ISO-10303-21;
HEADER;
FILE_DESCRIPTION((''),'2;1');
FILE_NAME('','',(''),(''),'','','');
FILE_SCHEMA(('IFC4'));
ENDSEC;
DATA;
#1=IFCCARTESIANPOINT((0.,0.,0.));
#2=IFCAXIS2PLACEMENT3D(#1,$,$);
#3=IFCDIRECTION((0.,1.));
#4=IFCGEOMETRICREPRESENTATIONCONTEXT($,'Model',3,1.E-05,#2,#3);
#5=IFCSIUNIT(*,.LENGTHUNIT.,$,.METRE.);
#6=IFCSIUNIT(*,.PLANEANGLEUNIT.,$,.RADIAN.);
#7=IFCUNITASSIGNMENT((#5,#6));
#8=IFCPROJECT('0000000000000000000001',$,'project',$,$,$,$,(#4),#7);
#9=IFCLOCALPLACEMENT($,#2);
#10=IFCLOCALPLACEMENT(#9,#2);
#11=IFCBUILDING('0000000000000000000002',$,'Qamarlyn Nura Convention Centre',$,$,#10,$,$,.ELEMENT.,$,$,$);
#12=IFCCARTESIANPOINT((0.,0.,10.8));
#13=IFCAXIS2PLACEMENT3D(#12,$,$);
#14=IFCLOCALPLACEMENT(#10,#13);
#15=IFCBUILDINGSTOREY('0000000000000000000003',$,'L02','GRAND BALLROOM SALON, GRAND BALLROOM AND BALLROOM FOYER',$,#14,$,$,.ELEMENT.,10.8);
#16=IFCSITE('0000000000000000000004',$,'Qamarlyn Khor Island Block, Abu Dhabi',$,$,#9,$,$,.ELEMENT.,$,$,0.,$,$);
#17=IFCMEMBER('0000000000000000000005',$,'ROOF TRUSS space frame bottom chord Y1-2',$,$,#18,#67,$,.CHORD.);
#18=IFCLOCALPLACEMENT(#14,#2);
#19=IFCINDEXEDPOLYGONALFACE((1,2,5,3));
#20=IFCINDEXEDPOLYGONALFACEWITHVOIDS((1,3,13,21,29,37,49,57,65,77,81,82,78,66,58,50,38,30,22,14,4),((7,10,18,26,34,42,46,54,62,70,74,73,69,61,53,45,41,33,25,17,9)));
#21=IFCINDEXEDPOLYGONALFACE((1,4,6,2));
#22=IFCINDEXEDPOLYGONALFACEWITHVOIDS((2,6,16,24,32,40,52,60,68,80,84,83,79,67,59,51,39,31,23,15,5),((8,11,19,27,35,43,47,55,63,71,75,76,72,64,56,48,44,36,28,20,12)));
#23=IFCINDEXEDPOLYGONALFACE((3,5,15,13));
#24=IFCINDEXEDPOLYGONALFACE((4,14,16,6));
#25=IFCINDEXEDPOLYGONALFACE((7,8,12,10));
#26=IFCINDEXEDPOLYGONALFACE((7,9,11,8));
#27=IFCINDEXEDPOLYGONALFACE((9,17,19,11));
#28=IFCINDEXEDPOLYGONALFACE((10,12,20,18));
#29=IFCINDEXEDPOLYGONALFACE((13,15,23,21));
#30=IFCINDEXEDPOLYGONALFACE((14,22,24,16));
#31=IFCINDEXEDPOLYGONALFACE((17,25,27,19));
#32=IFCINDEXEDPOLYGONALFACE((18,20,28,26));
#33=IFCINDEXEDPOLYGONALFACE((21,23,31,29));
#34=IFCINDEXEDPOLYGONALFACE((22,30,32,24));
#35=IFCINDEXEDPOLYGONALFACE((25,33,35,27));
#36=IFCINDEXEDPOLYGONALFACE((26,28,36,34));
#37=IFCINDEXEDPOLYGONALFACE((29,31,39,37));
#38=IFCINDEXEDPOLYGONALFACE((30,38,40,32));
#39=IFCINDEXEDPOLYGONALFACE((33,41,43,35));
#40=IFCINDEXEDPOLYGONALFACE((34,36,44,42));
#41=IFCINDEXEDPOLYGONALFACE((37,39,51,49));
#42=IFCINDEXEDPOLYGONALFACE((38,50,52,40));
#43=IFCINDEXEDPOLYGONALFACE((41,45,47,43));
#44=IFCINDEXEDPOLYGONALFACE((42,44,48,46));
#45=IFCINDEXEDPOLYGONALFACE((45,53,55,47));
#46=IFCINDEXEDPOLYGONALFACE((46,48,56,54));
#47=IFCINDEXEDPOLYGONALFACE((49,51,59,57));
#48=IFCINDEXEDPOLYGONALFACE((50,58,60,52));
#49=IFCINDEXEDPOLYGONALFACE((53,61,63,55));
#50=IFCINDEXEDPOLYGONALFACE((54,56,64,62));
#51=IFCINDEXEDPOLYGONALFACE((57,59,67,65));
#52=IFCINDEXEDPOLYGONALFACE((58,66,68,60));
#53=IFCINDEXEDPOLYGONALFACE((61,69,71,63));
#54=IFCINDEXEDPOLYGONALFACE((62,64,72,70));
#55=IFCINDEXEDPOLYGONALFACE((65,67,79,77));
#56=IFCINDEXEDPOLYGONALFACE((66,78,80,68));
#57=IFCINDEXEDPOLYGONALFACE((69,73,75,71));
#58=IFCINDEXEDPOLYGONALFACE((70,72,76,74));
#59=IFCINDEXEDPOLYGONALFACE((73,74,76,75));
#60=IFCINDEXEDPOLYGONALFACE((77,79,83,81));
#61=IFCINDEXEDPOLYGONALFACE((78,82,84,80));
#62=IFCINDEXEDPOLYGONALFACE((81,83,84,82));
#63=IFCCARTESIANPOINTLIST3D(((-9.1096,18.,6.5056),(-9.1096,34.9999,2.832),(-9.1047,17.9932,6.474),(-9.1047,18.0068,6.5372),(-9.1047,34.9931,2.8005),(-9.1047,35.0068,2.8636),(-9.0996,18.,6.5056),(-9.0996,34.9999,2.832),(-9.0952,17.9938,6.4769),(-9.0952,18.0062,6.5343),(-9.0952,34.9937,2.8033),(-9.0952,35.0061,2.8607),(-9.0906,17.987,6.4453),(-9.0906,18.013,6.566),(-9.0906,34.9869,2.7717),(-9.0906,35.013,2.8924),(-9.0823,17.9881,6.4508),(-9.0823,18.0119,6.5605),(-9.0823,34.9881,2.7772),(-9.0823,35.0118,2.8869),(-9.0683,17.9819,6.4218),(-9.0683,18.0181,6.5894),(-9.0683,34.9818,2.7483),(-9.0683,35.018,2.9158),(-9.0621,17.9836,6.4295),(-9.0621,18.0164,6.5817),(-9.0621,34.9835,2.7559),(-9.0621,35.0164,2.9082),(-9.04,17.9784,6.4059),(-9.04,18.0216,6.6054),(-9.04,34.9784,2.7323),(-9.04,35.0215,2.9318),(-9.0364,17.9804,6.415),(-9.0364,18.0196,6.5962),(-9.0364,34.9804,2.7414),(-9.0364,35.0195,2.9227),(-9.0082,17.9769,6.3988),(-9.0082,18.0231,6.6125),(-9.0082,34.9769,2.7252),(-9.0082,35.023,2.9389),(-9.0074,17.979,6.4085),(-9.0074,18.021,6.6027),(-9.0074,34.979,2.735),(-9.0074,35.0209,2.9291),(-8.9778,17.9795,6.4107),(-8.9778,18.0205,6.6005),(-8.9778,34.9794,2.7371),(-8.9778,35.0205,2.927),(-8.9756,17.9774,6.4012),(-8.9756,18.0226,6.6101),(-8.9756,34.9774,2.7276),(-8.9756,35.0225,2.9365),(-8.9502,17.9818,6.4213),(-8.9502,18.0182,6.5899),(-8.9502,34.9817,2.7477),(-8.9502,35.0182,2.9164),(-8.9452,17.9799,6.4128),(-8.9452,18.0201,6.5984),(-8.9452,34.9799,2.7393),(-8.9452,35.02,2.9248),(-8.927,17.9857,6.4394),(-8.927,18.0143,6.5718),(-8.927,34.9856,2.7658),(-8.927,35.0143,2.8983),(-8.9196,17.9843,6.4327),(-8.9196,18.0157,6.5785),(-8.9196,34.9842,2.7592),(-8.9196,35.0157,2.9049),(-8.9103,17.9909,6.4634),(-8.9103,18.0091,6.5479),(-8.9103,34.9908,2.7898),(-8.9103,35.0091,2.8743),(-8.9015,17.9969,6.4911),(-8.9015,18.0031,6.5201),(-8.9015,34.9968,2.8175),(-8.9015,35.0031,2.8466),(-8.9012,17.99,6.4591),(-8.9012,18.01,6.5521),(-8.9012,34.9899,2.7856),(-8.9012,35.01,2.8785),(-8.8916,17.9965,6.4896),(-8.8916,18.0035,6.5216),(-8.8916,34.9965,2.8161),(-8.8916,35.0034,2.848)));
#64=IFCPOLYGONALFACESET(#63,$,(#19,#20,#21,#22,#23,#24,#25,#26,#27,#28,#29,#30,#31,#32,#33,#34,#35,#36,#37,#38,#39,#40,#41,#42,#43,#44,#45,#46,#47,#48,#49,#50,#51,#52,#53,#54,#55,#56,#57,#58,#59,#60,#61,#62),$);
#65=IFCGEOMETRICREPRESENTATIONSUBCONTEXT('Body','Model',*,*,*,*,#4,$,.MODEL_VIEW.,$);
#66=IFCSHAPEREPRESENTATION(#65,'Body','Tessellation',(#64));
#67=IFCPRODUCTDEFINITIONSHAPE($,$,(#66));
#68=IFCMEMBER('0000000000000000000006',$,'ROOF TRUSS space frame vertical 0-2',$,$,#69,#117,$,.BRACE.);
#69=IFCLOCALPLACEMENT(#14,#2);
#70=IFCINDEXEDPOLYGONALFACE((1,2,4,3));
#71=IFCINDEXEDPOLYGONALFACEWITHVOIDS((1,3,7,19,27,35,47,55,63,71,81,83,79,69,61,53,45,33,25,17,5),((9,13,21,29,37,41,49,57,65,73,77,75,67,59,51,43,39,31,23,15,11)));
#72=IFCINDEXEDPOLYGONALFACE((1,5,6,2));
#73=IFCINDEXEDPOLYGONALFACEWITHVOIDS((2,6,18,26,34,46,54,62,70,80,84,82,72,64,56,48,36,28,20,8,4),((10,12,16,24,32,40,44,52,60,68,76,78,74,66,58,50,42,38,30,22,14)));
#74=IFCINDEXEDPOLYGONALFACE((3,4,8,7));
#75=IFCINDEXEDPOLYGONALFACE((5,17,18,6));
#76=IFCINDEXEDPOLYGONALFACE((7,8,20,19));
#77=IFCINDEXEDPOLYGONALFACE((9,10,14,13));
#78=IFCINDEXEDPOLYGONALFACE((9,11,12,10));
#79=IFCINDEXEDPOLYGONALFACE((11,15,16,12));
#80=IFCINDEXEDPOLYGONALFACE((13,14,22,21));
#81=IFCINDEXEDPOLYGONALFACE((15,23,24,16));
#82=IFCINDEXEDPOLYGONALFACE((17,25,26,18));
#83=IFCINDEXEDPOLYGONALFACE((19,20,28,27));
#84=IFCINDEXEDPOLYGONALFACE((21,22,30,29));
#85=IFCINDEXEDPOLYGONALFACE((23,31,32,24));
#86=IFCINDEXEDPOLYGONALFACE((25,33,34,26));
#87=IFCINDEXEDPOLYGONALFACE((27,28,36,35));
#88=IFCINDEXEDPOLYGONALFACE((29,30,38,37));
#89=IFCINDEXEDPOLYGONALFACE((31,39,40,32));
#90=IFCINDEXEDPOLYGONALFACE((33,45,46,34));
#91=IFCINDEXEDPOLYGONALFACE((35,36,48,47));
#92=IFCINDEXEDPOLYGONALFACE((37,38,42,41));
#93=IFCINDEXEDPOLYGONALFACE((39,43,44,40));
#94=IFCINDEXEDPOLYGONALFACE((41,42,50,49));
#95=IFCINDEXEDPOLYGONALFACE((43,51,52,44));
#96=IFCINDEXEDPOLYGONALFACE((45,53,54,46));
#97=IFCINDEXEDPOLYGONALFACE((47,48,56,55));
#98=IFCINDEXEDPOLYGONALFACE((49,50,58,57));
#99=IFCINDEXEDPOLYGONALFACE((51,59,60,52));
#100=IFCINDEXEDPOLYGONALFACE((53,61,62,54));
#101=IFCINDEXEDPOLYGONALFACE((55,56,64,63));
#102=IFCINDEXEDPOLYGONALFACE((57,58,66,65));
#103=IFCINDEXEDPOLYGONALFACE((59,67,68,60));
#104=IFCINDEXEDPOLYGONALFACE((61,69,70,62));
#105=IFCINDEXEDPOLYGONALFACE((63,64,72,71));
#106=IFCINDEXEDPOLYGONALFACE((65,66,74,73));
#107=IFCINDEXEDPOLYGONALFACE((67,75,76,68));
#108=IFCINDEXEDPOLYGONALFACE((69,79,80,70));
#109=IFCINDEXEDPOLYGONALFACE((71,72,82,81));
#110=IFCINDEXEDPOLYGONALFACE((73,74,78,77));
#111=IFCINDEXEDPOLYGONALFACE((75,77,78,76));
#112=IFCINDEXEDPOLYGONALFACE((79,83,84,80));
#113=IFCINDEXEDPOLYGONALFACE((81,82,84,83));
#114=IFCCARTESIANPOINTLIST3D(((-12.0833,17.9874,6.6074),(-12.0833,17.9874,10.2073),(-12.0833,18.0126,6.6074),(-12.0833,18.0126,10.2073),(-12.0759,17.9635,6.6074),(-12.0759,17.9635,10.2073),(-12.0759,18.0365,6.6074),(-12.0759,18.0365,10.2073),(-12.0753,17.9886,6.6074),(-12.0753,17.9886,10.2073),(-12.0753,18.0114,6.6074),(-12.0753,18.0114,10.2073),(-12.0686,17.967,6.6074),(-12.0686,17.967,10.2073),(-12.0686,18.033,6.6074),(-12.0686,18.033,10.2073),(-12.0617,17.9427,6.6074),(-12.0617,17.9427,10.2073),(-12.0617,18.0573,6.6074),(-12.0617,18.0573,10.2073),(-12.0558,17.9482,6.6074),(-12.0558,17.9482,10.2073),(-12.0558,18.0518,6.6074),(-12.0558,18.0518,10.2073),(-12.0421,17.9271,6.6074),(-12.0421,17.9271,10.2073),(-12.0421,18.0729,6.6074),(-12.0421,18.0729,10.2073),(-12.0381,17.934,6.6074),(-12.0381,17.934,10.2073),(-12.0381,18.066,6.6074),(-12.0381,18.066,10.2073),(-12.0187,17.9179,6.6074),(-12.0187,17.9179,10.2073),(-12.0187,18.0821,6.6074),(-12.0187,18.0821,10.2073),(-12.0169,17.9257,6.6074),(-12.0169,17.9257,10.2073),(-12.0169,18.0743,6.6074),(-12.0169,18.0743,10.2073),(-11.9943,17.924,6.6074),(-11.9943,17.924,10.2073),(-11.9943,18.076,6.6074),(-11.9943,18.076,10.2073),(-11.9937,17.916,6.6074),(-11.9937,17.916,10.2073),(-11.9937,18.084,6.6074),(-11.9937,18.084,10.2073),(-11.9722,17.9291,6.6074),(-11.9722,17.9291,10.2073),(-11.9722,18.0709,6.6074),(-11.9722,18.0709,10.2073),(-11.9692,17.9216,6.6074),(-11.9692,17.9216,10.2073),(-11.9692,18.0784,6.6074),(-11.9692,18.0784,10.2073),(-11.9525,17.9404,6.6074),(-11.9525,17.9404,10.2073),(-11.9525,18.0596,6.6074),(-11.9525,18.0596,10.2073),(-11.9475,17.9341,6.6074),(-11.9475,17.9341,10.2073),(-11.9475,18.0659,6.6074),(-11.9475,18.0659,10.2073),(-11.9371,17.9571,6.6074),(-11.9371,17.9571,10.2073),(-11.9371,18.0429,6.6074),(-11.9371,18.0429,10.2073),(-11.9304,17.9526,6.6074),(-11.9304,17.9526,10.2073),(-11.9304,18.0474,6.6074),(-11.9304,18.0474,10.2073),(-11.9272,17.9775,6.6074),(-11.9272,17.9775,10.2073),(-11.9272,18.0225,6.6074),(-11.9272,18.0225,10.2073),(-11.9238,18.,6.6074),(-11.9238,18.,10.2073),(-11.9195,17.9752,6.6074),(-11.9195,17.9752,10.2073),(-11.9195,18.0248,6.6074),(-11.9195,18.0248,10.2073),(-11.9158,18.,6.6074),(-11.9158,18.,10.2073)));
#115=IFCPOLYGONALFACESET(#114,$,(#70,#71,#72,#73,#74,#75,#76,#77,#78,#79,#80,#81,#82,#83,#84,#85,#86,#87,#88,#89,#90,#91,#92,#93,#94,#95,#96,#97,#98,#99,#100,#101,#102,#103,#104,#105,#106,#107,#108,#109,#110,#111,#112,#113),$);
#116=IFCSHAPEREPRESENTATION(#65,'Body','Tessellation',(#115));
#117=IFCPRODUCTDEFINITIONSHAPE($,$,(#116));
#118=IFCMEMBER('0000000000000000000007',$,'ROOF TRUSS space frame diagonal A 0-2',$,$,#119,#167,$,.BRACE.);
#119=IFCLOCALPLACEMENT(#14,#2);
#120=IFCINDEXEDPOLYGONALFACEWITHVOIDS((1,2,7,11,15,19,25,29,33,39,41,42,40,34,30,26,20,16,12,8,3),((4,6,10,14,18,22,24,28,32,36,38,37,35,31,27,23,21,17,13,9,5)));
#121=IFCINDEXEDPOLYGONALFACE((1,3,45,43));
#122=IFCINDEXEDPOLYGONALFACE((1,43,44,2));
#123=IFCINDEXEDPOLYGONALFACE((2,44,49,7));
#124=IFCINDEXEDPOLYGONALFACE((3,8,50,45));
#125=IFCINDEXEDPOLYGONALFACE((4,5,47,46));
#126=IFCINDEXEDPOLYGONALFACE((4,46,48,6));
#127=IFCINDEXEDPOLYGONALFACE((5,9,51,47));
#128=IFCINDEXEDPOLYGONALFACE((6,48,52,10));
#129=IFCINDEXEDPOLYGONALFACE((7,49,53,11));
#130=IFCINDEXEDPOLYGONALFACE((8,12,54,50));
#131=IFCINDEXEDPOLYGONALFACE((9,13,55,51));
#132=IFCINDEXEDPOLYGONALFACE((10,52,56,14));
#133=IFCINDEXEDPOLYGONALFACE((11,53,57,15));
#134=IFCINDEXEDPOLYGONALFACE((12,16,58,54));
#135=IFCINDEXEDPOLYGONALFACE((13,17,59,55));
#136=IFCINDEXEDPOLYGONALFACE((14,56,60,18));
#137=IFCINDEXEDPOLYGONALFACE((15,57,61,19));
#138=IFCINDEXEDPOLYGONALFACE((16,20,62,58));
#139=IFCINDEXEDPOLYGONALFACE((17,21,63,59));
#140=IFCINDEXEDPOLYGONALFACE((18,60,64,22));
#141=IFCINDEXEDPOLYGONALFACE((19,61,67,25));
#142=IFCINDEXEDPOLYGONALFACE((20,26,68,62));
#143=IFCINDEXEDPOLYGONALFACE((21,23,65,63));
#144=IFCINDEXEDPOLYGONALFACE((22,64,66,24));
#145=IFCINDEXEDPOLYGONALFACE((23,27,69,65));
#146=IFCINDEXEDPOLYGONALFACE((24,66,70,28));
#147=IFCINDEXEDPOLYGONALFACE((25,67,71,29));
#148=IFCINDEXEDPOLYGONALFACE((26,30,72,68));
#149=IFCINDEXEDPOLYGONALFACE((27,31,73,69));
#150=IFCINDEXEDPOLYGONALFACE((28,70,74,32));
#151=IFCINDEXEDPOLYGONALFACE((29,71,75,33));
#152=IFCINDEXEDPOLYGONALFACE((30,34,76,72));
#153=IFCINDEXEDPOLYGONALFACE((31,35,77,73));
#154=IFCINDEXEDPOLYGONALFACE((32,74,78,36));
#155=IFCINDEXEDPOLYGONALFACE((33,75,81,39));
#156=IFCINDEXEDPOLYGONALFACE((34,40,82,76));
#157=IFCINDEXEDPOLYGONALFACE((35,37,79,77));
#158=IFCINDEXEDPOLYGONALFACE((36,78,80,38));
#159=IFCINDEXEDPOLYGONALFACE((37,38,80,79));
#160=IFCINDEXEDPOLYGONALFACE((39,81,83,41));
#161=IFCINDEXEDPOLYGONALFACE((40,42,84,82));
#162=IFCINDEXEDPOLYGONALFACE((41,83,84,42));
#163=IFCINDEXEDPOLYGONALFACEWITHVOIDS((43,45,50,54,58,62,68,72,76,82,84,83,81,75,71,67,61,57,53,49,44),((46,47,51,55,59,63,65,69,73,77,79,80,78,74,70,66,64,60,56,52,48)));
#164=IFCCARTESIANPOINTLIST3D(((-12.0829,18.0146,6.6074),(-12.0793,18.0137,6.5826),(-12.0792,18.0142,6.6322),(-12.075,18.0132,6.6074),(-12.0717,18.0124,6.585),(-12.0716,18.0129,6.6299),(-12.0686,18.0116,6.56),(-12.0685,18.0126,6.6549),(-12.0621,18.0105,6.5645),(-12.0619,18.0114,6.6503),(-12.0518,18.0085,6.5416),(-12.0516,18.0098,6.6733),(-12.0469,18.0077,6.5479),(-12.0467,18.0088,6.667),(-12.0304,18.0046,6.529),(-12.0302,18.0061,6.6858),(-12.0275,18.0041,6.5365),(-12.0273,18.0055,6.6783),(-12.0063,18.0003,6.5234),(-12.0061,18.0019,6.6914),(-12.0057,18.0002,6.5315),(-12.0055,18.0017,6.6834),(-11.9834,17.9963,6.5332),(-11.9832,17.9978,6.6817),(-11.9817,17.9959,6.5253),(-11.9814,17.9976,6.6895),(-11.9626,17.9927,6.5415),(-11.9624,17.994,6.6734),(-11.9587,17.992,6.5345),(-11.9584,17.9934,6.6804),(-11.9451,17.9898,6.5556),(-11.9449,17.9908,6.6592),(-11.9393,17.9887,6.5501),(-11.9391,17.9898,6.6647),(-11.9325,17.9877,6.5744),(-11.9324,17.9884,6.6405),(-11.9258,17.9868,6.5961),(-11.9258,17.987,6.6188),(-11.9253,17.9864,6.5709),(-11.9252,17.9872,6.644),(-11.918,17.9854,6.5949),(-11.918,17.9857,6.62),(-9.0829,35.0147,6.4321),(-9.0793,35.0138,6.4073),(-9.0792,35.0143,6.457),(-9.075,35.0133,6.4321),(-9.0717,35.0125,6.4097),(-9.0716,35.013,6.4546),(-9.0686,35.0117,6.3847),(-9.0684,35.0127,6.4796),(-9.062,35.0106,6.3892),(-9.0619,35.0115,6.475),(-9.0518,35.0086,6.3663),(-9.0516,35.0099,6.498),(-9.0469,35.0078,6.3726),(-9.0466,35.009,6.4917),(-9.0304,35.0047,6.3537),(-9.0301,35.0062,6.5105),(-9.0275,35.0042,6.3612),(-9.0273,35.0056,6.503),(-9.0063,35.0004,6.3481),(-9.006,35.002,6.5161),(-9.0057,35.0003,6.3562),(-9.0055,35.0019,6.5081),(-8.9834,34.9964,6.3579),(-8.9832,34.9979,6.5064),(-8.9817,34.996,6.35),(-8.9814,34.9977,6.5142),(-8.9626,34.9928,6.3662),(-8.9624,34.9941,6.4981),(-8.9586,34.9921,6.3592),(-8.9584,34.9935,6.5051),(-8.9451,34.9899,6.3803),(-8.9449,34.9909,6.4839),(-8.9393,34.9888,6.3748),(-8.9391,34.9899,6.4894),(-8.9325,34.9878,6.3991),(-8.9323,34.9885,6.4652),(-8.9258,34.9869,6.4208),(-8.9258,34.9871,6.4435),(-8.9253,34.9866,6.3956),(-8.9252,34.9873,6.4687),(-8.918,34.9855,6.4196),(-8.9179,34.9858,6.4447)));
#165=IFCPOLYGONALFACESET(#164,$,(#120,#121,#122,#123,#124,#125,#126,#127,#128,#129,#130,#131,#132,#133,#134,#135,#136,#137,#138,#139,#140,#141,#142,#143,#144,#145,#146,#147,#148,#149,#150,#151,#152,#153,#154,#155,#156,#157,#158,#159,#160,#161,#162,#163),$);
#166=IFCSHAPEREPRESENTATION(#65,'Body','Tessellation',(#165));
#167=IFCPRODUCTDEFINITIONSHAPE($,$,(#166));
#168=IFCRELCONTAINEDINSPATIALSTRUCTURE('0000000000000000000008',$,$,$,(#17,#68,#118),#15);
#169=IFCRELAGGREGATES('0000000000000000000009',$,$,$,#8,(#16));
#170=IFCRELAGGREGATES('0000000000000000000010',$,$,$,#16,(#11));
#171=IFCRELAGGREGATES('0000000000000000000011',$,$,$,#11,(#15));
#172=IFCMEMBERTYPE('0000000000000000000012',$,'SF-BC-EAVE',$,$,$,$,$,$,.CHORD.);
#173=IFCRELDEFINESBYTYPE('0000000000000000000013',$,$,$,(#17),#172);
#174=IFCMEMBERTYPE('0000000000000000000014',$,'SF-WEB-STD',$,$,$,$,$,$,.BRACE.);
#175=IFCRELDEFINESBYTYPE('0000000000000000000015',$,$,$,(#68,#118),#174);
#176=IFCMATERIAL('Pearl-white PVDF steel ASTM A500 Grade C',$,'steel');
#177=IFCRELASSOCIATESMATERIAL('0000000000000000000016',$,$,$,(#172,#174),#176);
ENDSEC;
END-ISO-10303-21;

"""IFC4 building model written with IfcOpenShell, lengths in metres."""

from ifc_helpers import new_model, si_unit, direction, frame, origin, origin_2d, place, context, subcontext, project, spatial, hollow_circle, extrude, material, material_profile, profile_set, type_object, element, save


model = new_model("IFC4")

# Units and contexts
model_context = context("Model", 3, precision=1e-05, world=origin(), true_north=direction((0.0, 1.0)))
body_context = subcontext(model_context, "Body", "Model", "MODEL_VIEW")
ifc_project = project(units=[si_unit("LENGTHUNIT", "METRE"), si_unit("PLANEANGLEUNIT", "RADIAN")], contexts=[model_context])

# Site, building, storey
site_placement = place(None, origin())
site = spatial("IfcSite", under=ifc_project, at=site_placement, Name="Qamarlyn Khor Island Block, Abu Dhabi", CompositionType="ELEMENT", RefElevation=0.0)
building_placement = place(site_placement, origin())
building = spatial("IfcBuilding", under=site, at=building_placement, Name="Qamarlyn Nura Convention Centre", CompositionType="ELEMENT")
storey_placement = place(building_placement, frame((0.0, 0.0, 10.8)))
storey = spatial("IfcBuildingStorey", under=building, at=storey_placement, Name="L02", Description="GRAND BALLROOM SALON, GRAND BALLROOM AND BALLROOM FOYER", CompositionType="ELEMENT", Elevation=10.8)

# Members
ifc_material_1 = material(Name="Pearl-white PVDF steel ASTM A500 Grade C", Category="steel")
ifc_material_profile_1 = material_profile(ifc_material_1, hollow_circle(Radius=0.1096, WallThickness=0.01, at=origin_2d()), Name="CHS219.1X10")
ifc_profile_set_1 = profile_set([ifc_material_profile_1], Name="Pearl-white PVDF steel ASTM A500 Grade C")
member_type_1 = type_object("IfcMemberType", Name="SF-BC-EAVE", PredefinedType="CHORD", material=ifc_profile_set_1)
member_1_placement = place(storey_placement, frame((-9.0, 18.0, 6.5056), z_axis=(0.0, 0.977439, -0.211218), x_axis=(-1.0, 0.0, 0.0)))
element("IfcMember", 1, at=member_1_placement, inside=storey, type_object=member_type_1, Name="ROOF TRUSS space frame bottom chord Y1-2", PredefinedType="CHORD", context=body_context, shape_type="SweptSolid", body=[
    extrude(hollow_circle(Radius=0.1096, WallThickness=0.01, at=origin_2d()), origin(), (0.0, 0.0, 1.0), 17.3923),
])
ifc_material_profile_2 = material_profile(ifc_material_1, hollow_circle(Radius=0.0842, WallThickness=0.0081, at=origin_2d()), Name="CHS168.3X8")
ifc_profile_set_2 = profile_set([ifc_material_profile_2], Name="Pearl-white PVDF steel ASTM A500 Grade C")
member_type_2 = type_object("IfcMemberType", Name="SF-WEB-STD", PredefinedType="BRACE", material=ifc_profile_set_2)
member_2_placement = place(storey_placement, frame((-12.0, 18.0, 6.6074), z_axis=(0.0, 0.0, 1.0), x_axis=(1.0, 0.0, 0.0)))
element("IfcMember", 2, at=member_2_placement, inside=storey, type_object=member_type_2, Name="ROOF TRUSS space frame vertical 0-2", PredefinedType="BRACE", context=body_context, shape_type="SweptSolid", body=[
    extrude(hollow_circle(Radius=0.0842, WallThickness=0.0081, at=origin_2d()), origin(), (0.0, 0.0, 1.0), 3.5999),
])
member_3_placement = place(storey_placement, frame((-12.0, 18.0, 6.6074), z_axis=(0.173776, 0.984733, -0.010154), x_axis=(-0.984784, 0.173785, 0.0)))
element("IfcMember", 3, at=member_3_placement, inside=storey, type_object=member_type_2, Name="ROOF TRUSS space frame diagonal A 0-2", PredefinedType="BRACE", context=body_context, shape_type="SweptSolid", body=[
    extrude(hollow_circle(Radius=0.0842, WallThickness=0.0081, at=origin_2d()), origin(), (0.0, 0.0, 1.0), 17.2637),
])

save(model, "model.ifc")
